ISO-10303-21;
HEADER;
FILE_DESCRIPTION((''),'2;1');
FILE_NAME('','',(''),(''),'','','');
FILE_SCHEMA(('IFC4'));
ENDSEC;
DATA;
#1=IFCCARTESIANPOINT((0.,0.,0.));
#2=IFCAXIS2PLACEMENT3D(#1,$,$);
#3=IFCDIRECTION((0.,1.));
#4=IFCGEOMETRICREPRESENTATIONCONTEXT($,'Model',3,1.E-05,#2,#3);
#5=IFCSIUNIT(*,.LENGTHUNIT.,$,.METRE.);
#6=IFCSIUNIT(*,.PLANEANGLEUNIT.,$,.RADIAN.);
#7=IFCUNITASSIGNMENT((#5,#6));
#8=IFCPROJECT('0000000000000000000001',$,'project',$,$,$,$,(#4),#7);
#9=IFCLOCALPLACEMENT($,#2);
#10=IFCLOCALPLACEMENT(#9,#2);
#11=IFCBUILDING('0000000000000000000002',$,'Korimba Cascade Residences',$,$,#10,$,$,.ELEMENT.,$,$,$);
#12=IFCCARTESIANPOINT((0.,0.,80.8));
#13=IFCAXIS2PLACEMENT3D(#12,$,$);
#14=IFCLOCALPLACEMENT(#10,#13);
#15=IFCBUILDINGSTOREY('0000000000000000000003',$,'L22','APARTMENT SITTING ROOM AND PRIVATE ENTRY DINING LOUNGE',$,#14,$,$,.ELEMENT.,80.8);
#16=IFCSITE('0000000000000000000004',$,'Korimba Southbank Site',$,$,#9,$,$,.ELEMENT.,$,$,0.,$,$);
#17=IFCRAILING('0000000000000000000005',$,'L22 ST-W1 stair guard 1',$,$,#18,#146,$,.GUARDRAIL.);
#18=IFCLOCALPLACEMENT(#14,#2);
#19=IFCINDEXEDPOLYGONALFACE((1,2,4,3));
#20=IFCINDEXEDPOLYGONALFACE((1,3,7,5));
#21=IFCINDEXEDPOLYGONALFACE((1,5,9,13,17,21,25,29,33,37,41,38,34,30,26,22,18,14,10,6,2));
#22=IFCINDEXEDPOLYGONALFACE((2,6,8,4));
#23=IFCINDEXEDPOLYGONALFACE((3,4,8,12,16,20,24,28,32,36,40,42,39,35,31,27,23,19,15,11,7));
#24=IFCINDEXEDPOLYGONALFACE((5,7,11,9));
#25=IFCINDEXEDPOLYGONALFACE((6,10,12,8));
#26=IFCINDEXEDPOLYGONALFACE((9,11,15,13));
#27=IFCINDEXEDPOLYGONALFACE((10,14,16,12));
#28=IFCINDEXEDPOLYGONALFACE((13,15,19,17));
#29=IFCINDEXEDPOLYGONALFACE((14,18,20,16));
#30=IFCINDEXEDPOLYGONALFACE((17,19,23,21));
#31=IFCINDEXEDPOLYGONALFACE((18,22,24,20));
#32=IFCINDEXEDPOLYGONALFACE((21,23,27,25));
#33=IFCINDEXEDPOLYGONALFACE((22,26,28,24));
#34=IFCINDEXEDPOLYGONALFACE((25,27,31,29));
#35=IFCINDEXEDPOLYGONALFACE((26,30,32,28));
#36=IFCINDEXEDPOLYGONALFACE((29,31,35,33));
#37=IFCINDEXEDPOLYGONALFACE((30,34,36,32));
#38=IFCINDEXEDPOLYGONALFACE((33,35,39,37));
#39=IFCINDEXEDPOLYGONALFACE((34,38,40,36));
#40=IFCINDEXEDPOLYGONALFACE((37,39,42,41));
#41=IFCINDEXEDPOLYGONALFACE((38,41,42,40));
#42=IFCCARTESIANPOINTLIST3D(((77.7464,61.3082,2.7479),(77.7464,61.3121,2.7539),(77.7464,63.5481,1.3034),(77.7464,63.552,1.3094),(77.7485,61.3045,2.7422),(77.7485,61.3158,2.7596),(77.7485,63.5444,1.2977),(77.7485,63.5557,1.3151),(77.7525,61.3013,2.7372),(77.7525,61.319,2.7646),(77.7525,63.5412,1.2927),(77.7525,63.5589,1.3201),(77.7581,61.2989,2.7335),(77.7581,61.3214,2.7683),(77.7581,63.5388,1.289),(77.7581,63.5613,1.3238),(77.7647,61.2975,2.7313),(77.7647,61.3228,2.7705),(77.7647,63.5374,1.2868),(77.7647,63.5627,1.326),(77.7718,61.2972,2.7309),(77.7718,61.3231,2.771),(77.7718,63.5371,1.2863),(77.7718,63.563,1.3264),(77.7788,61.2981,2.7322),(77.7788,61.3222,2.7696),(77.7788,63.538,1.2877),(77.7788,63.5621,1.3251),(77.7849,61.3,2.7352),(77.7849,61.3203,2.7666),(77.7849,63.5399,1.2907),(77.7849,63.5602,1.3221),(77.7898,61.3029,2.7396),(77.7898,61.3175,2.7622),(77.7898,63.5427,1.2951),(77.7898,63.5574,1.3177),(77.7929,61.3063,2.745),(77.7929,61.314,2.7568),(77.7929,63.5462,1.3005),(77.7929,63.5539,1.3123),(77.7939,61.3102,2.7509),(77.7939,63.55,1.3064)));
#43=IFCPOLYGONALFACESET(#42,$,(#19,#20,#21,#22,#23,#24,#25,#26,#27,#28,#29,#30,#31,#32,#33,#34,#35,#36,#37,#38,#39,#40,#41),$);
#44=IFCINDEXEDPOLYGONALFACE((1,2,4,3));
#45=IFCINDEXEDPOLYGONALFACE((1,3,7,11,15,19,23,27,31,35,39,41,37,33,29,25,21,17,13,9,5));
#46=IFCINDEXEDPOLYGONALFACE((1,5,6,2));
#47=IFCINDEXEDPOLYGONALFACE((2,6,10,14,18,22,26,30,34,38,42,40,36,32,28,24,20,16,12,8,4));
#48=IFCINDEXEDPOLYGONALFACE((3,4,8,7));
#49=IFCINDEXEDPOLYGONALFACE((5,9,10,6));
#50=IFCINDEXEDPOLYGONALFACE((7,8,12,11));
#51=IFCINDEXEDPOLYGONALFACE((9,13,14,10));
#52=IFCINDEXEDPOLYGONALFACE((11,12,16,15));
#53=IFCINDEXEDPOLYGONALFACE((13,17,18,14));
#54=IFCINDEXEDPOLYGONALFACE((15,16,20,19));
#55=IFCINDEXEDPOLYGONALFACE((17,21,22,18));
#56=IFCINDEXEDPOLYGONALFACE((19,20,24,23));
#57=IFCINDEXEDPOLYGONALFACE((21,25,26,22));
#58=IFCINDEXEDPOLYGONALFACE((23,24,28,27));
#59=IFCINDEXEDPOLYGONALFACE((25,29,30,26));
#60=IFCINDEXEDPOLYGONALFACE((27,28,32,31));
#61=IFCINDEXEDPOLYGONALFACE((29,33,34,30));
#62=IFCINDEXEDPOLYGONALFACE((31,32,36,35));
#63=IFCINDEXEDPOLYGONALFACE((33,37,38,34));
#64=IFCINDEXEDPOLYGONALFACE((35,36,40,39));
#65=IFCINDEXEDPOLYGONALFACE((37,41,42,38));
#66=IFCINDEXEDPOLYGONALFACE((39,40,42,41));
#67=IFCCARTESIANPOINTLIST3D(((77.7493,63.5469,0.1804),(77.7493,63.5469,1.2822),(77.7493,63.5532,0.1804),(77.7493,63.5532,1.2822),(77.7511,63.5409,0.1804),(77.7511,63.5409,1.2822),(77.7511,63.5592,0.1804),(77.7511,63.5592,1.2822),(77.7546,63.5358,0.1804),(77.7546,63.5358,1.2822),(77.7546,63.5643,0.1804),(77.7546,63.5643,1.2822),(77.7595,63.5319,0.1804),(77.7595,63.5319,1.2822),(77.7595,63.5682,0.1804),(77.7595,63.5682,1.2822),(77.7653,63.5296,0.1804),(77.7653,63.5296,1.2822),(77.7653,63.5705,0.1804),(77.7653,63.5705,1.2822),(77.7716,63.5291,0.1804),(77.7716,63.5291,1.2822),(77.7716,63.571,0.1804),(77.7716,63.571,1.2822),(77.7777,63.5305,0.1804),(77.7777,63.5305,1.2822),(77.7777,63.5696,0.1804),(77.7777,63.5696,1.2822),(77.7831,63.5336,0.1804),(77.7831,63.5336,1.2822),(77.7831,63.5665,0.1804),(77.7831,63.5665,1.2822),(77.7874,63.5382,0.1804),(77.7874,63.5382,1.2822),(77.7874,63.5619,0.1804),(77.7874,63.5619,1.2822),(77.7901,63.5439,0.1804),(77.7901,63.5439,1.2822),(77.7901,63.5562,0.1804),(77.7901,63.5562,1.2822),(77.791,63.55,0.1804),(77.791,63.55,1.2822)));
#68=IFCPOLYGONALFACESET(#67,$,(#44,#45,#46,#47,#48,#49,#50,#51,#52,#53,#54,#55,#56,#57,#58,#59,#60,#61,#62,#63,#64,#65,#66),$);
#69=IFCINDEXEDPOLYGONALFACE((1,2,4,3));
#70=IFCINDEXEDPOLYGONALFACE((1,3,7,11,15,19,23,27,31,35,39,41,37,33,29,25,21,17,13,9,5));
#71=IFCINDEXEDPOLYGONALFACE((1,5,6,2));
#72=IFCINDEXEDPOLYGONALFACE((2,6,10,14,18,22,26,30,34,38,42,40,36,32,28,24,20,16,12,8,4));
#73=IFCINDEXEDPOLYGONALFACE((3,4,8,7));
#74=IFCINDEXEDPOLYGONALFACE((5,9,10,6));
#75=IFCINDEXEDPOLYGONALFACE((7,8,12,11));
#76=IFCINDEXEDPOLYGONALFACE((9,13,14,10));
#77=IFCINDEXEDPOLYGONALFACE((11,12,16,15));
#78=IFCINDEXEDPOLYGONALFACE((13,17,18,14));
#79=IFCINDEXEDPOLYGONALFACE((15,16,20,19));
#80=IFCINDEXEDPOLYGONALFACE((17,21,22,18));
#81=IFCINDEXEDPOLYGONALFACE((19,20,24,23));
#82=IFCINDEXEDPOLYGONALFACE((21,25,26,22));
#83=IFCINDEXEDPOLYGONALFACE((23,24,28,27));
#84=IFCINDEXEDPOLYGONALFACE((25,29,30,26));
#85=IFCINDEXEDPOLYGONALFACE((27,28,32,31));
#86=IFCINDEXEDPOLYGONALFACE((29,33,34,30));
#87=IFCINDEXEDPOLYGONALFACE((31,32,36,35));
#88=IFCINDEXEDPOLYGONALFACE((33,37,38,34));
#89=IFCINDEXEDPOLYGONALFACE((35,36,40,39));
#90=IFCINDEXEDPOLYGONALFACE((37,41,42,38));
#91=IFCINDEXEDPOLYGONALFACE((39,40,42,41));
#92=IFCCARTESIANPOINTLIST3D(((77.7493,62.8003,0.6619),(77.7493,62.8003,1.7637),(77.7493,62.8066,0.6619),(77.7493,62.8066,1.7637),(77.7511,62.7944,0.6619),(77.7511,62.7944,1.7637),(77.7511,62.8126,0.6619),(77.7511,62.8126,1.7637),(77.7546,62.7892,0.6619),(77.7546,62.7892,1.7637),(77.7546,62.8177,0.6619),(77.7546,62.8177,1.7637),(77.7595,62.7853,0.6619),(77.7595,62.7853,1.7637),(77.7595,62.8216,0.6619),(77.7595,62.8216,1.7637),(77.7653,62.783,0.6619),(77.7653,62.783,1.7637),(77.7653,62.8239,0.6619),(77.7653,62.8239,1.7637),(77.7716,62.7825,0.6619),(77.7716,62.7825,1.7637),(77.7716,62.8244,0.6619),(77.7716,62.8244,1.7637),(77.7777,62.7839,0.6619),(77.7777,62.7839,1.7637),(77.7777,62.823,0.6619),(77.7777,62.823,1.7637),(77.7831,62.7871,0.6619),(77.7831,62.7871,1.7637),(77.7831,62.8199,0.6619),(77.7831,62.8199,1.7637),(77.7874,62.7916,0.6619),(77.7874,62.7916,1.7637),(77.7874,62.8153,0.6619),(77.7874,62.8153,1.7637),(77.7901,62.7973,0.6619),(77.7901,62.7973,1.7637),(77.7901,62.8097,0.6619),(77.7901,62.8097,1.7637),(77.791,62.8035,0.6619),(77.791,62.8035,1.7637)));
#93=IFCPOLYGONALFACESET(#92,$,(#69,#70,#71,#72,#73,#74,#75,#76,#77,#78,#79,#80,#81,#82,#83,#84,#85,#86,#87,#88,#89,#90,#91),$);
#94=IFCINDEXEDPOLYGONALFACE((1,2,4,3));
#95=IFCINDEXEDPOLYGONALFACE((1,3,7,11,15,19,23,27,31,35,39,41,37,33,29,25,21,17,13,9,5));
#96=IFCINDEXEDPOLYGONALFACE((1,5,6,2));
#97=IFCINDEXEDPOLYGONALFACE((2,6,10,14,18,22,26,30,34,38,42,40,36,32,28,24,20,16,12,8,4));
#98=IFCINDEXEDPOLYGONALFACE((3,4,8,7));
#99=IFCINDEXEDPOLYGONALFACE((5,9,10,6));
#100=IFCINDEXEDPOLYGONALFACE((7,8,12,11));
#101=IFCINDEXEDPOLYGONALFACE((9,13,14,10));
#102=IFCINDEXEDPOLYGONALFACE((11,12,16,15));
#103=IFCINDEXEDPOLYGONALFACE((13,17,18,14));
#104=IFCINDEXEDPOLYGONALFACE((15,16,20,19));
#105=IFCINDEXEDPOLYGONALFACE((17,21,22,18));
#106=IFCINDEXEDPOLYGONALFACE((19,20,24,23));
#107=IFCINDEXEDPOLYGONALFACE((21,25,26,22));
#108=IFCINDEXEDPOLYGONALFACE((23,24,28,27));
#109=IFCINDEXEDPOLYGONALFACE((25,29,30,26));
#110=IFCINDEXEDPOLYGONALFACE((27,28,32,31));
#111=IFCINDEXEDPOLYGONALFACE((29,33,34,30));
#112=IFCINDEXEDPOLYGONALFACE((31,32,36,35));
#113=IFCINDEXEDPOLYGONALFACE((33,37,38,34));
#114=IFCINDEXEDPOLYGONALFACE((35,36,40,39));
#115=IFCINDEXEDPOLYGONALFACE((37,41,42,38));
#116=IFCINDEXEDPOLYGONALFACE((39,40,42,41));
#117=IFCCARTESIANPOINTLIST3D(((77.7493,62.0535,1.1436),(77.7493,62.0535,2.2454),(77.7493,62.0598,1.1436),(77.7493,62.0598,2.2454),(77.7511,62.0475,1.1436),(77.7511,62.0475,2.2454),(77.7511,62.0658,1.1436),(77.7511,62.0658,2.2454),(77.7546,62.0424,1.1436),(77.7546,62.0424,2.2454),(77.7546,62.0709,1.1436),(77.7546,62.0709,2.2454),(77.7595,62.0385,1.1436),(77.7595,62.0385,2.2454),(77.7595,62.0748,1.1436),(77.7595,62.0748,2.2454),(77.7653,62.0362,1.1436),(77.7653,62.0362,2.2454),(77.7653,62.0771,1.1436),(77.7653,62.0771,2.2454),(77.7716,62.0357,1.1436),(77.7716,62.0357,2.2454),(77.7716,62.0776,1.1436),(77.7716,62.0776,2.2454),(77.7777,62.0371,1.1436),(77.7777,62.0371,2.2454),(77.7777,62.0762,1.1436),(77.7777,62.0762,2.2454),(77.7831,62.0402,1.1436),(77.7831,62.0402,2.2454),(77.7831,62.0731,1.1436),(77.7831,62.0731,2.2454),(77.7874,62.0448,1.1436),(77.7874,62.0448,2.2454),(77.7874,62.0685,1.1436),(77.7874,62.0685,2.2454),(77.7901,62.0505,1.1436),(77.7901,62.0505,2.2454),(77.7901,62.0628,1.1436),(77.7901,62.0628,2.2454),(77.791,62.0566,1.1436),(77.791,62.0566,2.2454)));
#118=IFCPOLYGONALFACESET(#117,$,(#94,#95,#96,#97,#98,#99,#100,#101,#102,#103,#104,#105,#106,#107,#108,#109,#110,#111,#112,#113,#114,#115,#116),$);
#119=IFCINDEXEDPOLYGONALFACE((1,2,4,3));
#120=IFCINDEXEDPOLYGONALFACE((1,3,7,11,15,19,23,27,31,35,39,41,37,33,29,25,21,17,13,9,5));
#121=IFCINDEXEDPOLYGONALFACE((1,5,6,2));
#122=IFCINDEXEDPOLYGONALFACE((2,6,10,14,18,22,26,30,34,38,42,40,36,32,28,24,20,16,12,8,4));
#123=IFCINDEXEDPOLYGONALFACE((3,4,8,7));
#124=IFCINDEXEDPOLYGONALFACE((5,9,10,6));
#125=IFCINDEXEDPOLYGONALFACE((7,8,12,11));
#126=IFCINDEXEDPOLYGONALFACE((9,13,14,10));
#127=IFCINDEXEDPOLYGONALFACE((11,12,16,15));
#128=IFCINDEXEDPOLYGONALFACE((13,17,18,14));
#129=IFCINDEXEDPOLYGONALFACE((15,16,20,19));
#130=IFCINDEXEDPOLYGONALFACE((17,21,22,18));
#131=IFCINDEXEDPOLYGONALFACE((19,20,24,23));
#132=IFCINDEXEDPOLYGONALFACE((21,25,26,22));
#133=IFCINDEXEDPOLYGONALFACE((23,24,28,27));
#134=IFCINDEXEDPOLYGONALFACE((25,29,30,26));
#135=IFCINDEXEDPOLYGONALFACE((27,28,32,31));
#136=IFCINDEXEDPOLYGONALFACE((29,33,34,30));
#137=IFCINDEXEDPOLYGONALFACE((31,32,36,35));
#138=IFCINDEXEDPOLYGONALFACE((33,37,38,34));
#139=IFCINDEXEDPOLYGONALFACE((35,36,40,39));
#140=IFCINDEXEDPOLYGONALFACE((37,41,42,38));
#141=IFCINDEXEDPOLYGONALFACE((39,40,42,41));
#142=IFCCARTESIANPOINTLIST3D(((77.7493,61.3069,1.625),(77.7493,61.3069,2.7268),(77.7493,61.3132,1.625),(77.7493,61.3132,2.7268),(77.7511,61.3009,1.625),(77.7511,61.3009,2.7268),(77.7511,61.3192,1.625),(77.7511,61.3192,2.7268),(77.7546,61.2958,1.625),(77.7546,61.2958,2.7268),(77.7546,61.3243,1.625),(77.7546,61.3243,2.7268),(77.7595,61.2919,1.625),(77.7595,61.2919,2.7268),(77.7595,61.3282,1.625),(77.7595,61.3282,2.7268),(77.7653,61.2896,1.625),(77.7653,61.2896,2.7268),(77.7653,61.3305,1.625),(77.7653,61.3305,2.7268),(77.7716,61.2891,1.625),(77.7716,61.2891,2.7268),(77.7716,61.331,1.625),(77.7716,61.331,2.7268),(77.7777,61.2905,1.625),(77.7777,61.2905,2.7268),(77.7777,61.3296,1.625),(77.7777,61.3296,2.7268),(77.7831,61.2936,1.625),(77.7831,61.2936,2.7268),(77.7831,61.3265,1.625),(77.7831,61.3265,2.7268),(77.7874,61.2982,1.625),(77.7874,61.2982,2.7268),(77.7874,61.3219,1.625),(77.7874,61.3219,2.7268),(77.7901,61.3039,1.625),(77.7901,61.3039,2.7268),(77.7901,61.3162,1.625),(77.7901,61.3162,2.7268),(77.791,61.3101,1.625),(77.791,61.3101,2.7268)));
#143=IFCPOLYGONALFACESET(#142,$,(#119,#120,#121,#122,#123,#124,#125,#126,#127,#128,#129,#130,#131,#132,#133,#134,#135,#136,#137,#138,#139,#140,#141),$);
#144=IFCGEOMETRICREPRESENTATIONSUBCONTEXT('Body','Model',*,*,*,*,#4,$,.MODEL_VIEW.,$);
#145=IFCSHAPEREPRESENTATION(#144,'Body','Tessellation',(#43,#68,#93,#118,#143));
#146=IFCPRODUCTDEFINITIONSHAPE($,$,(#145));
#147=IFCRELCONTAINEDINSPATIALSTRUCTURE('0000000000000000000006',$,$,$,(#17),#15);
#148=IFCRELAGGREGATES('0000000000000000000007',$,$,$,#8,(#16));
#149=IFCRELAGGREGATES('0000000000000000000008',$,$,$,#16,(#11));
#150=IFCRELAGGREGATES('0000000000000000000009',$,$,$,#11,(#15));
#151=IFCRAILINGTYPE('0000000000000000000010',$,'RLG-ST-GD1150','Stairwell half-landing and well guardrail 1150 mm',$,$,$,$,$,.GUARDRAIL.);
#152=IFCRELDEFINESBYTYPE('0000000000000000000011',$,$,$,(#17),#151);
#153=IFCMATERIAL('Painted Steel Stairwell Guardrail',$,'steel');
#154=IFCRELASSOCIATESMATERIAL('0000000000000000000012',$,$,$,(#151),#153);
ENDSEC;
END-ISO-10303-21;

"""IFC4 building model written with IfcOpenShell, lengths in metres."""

from ifc_helpers import new_model, si_unit, direction, frame, origin, origin_2d, place, context, subcontext, project, spatial, circle, extrude, material, type_object, element, save


model = new_model("IFC4")

# Units and contexts
model_context = context("Model", 3, precision=1e-05, world=origin(), true_north=direction((0.0, 1.0)))
body_context = subcontext(model_context, "Body", "Model", "MODEL_VIEW")
ifc_project = project(units=[si_unit("LENGTHUNIT", "METRE"), si_unit("PLANEANGLEUNIT", "RADIAN")], contexts=[model_context])

# Site, building, storey
site_placement = place(None, origin())
site = spatial("IfcSite", under=ifc_project, at=site_placement, Name="Korimba Southbank Site", CompositionType="ELEMENT", RefElevation=0.0)
building_placement = place(site_placement, origin())
building = spatial("IfcBuilding", under=site, at=building_placement, Name="Korimba Cascade Residences", CompositionType="ELEMENT")
storey_placement = place(building_placement, frame((0.0, 0.0, 80.8)))
storey = spatial("IfcBuildingStorey", under=building, at=storey_placement, Name="L22", Description="APARTMENT SITTING ROOM AND PRIVATE ENTRY DINING LOUNGE", CompositionType="ELEMENT", Elevation=80.8)

# Railing
ifc_material_1 = material(Name="Painted Steel Stairwell Guardrail", Category="steel")
railing_type_1 = type_object("IfcRailingType", Name="RLG-ST-GD1150", Description="Stairwell half-landing and well guardrail 1150 mm", PredefinedType="GUARDRAIL", material=ifc_material_1)
railing_1_placement = place(storey_placement, frame((77.77, 63.55, 0.1804)))
element("IfcRailing", 1, at=railing_1_placement, inside=storey, type_object=railing_type_1, Name="L22 ST-W1 stair guard 1", PredefinedType="GUARDRAIL", context=body_context, shape_type="SweptSolid", body=[
    extrude(circle(Radius=0.0239, at=origin_2d()), frame((0.0, 0.0, 1.126), z_axis=(0.0, -0.840395, 0.541975), x_axis=(1.0, 0.0, 0.0)), (0.0, 0.0, 1.0), 2.6653),
    extrude(circle(Radius=0.021, at=origin_2d()), origin(), (0.0, 0.0, 1.0), 1.1018),
    extrude(circle(Radius=0.021, at=origin_2d()), frame((0.0, -0.7466, 0.4814)), (0.0, 0.0, 1.0), 1.1018),
    extrude(circle(Radius=0.021, at=origin_2d()), frame((0.0, -1.4934, 0.9631)), (0.0, 0.0, 1.0), 1.1018),
    extrude(circle(Radius=0.021, at=origin_2d()), frame((0.0, -2.24, 1.4446)), (0.0, 0.0, 1.0), 1.1018),
])

save(model, "model.ifc")
